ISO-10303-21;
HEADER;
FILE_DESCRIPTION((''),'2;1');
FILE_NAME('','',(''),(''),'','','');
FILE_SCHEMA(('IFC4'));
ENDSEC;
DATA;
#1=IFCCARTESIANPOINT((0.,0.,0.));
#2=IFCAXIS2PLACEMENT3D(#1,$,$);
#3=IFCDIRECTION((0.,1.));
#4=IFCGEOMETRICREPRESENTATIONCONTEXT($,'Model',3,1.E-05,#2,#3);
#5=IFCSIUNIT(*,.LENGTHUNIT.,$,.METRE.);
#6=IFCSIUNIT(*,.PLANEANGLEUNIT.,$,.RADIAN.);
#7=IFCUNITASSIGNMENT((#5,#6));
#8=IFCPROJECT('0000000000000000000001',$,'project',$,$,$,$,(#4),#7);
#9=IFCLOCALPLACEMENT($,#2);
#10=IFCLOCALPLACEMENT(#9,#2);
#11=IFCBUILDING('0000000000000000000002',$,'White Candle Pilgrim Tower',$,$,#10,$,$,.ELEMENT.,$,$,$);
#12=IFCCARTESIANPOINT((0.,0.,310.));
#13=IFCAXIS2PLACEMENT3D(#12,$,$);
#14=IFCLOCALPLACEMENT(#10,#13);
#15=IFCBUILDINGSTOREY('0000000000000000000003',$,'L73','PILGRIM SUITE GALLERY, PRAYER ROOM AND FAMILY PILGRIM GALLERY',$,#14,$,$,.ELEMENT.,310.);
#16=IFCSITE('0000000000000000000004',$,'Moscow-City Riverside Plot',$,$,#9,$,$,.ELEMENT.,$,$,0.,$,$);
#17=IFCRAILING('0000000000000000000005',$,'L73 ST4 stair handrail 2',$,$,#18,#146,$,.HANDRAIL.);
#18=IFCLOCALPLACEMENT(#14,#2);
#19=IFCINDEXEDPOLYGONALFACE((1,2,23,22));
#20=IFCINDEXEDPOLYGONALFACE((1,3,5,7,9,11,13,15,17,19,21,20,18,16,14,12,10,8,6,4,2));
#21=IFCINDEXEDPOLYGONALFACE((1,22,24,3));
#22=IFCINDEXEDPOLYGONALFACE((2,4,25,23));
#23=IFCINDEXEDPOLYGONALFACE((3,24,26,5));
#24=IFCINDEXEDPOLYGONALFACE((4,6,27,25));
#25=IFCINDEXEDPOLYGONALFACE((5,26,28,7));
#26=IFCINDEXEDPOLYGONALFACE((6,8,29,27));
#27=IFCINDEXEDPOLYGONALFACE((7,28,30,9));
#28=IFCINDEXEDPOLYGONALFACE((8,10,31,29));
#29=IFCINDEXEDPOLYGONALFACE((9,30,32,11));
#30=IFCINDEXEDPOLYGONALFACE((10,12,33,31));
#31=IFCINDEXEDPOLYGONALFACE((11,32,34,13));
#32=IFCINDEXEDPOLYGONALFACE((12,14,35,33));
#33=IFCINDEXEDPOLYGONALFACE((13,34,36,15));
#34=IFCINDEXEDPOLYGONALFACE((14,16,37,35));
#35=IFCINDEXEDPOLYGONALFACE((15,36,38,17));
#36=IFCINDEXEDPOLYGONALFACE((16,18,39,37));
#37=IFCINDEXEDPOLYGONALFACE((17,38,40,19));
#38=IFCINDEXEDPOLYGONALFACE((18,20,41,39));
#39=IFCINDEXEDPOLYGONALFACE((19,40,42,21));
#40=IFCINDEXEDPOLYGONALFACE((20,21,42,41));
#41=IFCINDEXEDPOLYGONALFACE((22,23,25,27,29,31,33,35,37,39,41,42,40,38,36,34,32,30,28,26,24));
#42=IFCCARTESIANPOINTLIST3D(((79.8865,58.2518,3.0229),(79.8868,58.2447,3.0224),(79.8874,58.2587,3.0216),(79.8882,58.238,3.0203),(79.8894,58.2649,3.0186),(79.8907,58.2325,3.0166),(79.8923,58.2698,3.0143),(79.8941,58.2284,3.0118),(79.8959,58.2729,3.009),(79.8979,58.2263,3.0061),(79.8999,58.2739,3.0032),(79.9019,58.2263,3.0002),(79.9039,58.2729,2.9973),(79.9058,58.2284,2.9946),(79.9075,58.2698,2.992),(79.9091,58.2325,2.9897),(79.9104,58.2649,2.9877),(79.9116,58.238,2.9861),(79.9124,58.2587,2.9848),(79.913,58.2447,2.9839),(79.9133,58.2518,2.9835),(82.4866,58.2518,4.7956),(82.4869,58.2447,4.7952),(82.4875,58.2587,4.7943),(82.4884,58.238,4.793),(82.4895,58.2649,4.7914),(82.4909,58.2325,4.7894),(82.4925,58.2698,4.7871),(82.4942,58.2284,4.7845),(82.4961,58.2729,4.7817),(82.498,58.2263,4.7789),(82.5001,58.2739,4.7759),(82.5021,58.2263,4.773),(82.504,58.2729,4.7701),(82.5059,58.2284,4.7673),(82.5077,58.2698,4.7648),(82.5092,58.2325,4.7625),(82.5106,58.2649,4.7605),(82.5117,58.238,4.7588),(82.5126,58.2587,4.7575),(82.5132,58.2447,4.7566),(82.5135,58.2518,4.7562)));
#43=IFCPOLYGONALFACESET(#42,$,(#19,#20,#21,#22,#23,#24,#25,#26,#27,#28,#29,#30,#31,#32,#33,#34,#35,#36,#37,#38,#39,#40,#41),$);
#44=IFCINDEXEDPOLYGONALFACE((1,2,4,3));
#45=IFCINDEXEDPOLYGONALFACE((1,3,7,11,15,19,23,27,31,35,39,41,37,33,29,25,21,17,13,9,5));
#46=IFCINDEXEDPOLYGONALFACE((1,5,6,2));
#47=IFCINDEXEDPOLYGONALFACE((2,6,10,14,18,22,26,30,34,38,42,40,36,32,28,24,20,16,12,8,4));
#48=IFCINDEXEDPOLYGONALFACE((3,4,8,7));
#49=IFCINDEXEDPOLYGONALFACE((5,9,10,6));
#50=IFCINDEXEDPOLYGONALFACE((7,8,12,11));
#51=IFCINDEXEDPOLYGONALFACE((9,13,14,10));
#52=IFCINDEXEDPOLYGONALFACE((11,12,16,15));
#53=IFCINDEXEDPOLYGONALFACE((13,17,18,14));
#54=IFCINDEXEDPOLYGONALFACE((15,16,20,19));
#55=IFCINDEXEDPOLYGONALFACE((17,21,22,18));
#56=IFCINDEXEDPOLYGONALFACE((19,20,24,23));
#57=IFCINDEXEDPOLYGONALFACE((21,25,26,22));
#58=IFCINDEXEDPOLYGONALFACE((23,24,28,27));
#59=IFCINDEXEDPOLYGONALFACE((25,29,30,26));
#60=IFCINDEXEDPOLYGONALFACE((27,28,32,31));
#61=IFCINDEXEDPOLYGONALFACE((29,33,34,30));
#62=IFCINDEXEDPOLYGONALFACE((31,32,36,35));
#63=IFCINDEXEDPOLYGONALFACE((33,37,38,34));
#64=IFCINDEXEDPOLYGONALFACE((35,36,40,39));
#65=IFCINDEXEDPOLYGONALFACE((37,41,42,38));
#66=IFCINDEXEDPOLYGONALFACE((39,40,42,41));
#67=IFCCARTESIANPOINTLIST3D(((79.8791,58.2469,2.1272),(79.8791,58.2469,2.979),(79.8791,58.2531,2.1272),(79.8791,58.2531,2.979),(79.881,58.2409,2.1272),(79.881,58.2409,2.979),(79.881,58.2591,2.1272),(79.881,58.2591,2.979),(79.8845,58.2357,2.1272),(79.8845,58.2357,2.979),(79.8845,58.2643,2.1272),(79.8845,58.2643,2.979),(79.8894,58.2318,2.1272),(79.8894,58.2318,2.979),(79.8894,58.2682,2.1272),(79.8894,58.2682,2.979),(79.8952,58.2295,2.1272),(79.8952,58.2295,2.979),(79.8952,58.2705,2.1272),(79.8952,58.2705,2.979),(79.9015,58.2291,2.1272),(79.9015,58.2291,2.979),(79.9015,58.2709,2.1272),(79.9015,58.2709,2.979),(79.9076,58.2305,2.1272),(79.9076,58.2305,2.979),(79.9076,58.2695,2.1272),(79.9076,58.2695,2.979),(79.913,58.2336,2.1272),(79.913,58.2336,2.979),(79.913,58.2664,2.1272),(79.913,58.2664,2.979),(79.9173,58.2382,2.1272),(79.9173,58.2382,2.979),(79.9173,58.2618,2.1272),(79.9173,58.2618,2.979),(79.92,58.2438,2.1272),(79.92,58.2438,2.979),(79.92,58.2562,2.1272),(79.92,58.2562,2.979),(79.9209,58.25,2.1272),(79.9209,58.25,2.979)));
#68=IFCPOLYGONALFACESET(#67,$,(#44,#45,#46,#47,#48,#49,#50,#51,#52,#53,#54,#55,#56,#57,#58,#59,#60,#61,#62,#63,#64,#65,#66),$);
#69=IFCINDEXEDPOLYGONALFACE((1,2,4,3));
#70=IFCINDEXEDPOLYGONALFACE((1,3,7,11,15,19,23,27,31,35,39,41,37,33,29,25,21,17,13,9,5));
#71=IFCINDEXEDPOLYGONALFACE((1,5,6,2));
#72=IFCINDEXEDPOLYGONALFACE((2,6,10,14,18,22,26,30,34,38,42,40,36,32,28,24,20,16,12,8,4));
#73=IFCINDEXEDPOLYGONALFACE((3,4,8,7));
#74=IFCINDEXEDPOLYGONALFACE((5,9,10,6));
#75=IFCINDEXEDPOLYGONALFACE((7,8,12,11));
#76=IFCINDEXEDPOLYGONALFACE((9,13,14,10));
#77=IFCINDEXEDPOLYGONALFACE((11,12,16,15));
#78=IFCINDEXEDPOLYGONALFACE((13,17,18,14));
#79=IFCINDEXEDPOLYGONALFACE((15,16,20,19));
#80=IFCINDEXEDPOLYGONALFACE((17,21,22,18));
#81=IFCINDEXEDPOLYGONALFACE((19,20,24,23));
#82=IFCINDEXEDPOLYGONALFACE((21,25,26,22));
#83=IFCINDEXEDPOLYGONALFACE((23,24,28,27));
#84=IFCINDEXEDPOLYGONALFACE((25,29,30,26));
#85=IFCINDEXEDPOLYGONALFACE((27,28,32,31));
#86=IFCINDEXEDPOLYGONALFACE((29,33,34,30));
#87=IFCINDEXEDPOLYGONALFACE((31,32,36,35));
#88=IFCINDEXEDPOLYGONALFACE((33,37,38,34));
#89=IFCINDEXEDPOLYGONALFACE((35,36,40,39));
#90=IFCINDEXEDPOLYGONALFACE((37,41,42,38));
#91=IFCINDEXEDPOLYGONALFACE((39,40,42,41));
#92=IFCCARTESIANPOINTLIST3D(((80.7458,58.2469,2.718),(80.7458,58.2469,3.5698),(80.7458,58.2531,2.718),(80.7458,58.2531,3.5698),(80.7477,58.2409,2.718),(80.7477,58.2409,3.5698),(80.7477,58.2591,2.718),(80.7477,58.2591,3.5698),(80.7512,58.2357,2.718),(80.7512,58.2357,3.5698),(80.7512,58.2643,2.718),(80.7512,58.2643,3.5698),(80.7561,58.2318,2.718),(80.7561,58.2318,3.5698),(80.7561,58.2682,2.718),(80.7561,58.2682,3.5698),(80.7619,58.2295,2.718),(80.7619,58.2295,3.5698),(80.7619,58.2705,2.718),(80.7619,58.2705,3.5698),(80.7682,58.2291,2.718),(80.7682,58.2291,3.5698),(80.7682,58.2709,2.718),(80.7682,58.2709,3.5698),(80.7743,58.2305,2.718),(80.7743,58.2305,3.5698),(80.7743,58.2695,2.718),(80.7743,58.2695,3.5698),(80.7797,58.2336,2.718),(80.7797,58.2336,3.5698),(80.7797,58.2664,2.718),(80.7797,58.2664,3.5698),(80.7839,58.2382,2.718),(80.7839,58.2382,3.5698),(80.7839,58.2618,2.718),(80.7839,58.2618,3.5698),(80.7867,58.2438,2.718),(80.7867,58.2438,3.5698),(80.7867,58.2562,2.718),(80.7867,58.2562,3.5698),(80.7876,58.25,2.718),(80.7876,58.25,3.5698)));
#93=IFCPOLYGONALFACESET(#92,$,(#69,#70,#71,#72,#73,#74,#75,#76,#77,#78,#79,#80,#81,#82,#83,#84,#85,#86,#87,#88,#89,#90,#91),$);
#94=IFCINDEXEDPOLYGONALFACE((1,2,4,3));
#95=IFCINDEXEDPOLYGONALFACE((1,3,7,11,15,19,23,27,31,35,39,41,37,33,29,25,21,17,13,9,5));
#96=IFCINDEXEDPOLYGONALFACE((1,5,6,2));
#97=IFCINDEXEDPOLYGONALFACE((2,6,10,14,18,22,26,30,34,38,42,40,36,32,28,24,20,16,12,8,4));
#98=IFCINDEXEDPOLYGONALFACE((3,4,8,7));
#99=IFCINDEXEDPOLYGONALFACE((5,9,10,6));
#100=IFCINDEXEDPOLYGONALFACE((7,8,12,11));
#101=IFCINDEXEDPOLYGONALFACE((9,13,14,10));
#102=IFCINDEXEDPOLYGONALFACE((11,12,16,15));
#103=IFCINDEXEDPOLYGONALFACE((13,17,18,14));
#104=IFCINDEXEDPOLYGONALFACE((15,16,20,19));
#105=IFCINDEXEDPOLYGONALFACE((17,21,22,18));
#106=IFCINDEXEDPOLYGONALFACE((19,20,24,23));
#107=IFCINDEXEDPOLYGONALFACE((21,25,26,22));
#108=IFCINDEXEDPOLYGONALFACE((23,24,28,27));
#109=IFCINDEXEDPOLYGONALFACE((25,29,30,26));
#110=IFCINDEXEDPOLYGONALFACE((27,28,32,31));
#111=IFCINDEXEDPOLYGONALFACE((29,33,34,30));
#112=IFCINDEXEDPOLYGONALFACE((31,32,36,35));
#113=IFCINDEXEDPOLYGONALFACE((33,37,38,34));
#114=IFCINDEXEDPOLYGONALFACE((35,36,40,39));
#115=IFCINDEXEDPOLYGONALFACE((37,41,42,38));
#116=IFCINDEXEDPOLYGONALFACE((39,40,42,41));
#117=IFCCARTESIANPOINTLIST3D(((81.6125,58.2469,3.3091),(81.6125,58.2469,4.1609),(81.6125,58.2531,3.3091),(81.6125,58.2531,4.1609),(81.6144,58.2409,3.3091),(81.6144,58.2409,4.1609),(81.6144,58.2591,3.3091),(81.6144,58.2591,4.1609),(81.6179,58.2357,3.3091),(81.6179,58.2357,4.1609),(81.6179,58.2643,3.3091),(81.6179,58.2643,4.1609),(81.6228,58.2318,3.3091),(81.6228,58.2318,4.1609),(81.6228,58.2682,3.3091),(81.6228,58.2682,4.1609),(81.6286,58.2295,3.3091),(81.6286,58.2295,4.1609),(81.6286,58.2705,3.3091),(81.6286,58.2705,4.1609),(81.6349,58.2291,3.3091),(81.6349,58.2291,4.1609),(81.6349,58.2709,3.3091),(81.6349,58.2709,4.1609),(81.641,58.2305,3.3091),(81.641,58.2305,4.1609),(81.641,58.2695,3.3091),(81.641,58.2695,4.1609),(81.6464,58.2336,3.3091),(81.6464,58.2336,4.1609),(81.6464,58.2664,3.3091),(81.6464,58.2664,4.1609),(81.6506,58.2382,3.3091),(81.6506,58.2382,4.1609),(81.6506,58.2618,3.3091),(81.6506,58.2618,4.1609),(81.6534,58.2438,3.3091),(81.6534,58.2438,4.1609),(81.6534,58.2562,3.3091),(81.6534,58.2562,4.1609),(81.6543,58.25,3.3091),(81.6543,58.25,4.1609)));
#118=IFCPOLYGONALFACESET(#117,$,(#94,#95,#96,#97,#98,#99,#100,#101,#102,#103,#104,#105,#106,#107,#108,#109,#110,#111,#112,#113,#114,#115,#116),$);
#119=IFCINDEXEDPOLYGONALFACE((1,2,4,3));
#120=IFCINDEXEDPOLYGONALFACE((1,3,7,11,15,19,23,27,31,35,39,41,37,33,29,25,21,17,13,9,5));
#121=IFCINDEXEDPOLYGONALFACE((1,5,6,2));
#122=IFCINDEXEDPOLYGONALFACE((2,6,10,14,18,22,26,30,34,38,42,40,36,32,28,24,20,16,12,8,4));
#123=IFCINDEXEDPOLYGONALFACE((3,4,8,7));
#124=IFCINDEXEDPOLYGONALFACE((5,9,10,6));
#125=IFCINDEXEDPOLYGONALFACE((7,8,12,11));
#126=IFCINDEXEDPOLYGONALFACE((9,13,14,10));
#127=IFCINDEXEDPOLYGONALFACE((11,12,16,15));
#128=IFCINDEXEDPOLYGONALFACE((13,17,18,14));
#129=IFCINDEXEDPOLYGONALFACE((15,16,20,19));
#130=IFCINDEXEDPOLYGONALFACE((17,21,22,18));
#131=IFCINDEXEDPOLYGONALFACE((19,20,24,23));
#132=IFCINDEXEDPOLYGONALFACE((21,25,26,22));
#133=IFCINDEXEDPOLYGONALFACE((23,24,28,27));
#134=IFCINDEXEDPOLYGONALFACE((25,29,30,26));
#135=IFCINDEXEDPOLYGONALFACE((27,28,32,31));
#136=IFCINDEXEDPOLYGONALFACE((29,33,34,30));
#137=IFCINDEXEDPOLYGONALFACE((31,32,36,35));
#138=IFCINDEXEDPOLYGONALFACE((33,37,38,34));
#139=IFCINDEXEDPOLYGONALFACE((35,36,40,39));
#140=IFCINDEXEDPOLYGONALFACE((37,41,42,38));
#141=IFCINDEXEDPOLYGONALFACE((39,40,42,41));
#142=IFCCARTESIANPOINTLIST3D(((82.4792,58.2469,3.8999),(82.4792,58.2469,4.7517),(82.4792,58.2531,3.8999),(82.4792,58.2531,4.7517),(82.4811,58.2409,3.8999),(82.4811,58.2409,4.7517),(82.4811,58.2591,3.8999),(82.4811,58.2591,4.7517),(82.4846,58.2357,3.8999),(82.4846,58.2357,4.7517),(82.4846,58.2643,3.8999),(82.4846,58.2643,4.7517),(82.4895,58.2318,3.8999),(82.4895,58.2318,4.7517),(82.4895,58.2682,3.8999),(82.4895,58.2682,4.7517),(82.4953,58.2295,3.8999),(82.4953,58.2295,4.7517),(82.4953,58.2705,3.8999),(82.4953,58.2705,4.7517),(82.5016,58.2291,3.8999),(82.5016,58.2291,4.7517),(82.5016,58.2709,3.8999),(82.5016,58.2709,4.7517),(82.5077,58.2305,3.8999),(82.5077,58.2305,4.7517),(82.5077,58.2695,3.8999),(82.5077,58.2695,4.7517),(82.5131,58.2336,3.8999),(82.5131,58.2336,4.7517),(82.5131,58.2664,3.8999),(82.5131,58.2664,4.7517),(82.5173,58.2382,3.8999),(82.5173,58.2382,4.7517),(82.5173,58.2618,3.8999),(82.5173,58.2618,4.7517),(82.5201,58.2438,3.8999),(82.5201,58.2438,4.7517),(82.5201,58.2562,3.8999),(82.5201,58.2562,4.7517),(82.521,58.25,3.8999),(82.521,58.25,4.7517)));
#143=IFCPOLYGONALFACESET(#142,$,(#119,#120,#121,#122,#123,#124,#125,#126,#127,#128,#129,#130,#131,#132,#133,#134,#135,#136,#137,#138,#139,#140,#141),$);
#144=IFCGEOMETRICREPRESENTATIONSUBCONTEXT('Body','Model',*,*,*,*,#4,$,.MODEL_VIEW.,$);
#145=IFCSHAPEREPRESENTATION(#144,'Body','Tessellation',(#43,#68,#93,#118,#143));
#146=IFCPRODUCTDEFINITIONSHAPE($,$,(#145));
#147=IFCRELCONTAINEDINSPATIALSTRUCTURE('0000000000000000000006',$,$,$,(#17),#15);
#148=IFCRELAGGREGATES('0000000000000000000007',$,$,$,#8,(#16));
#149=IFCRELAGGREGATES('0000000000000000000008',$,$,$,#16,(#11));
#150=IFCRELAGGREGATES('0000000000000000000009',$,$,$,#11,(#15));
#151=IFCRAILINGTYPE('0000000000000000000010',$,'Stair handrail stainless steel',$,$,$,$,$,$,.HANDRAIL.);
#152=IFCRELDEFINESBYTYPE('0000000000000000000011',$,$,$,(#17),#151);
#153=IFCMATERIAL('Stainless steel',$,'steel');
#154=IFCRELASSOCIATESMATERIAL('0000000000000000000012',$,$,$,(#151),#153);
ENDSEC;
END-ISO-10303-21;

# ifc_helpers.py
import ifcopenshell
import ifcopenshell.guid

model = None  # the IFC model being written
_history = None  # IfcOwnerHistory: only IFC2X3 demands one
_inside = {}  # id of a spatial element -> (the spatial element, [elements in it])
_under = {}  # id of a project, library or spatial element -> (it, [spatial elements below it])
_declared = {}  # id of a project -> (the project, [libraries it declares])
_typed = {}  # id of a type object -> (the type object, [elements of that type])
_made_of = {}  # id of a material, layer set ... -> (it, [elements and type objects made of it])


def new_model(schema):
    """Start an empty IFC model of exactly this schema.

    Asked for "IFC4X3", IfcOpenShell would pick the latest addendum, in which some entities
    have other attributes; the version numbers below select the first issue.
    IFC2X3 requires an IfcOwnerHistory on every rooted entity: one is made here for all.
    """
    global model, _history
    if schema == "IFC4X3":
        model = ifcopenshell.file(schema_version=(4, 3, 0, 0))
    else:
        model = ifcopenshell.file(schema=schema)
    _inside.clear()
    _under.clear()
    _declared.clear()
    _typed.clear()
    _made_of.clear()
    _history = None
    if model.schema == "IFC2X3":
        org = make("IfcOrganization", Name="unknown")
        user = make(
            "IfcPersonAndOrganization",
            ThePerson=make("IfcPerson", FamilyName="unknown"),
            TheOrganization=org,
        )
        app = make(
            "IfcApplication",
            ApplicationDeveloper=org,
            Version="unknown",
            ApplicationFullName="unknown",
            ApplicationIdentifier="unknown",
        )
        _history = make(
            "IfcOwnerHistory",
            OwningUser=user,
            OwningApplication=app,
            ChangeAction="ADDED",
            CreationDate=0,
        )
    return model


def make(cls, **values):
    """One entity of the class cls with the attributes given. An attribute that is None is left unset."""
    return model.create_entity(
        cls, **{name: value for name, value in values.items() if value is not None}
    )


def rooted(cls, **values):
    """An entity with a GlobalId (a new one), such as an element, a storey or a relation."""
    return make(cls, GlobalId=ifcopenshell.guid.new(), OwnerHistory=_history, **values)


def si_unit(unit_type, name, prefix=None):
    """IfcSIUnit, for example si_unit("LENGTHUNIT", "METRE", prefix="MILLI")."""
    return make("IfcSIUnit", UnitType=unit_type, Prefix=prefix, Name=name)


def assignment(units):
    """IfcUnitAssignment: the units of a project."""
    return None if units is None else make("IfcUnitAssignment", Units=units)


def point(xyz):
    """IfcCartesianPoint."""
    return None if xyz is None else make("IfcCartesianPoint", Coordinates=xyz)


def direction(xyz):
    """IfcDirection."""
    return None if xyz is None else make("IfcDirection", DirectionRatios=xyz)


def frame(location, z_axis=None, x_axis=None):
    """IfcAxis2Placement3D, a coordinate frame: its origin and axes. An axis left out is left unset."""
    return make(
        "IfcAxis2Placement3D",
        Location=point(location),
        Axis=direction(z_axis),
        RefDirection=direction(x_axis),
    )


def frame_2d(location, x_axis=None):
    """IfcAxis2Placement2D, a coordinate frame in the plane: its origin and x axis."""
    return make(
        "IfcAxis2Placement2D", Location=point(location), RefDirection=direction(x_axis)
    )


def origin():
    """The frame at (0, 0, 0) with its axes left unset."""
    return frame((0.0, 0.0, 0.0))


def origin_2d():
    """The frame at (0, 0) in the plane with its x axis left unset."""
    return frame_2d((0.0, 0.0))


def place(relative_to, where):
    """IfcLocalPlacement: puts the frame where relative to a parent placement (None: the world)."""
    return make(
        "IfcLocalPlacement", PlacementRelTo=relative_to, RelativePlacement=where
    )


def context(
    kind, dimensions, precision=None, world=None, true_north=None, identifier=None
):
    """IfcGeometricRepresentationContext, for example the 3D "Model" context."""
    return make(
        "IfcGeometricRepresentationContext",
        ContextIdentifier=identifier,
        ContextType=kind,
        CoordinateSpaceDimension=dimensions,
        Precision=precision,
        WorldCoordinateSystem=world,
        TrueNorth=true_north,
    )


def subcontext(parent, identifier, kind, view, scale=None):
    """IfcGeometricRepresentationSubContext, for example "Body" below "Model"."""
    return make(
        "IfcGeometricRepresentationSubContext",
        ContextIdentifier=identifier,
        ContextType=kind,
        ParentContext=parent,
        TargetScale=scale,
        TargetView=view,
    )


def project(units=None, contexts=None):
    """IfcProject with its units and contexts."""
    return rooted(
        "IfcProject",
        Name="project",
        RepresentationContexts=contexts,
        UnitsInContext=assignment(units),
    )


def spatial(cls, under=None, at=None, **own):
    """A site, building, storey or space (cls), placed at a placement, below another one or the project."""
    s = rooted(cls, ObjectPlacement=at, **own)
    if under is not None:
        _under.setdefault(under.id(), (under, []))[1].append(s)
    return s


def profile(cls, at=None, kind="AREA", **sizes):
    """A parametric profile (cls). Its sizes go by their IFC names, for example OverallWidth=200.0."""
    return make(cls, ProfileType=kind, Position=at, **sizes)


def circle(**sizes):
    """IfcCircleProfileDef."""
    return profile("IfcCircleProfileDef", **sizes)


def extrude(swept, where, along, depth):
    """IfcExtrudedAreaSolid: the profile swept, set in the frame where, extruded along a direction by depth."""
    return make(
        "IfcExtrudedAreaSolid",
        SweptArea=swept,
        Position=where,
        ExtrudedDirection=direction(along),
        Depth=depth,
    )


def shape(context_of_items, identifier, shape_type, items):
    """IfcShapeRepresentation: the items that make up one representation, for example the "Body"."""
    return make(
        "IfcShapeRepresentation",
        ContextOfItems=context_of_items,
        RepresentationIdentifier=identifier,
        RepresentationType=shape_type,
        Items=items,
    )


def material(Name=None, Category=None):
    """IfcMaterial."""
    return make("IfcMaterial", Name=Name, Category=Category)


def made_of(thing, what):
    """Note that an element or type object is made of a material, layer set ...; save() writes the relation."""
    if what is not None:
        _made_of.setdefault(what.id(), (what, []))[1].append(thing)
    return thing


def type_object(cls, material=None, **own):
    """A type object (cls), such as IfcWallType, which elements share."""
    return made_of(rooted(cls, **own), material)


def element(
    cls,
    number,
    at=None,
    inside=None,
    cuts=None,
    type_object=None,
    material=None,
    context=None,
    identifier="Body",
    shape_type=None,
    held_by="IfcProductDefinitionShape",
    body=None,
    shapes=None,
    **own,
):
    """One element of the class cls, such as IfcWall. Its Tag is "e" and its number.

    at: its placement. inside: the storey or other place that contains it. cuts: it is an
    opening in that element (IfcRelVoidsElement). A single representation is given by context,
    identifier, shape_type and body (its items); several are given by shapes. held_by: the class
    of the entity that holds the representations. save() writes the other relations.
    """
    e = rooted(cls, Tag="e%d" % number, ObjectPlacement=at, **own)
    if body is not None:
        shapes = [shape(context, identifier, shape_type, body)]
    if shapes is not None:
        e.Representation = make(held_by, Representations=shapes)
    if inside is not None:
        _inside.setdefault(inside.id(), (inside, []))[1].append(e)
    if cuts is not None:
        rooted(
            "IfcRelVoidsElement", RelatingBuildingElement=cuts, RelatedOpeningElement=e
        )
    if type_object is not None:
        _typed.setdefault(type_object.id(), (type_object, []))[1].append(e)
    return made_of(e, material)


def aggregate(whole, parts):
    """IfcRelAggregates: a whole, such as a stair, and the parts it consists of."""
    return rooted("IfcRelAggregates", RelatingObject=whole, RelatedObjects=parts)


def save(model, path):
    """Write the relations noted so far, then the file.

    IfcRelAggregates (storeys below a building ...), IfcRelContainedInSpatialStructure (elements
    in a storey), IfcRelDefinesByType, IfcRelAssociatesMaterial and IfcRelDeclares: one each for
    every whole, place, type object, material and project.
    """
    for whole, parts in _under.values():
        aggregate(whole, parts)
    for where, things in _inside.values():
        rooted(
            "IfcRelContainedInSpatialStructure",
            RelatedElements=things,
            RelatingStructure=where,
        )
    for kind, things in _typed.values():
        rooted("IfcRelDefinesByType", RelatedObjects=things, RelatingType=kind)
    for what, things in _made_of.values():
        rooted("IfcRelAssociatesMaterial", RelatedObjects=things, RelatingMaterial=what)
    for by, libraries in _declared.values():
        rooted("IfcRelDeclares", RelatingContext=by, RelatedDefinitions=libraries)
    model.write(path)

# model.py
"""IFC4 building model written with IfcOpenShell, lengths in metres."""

from ifc_helpers import new_model, si_unit, direction, frame, origin, origin_2d, place, context, subcontext, project, spatial, circle, extrude, material, type_object, element, save


model = new_model("IFC4")

# Units and contexts
model_context = context("Model", 3, precision=1e-05, world=origin(), true_north=direction((0.0, 1.0)))
body_context = subcontext(model_context, "Body", "Model", "MODEL_VIEW")
ifc_project = project(units=[si_unit("LENGTHUNIT", "METRE"), si_unit("PLANEANGLEUNIT", "RADIAN")], contexts=[model_context])

# Site, building, storey
site_placement = place(None, origin())
site = spatial("IfcSite", under=ifc_project, at=site_placement, Name="Moscow-City Riverside Plot", CompositionType="ELEMENT", RefElevation=0.0)
building_placement = place(site_placement, origin())
building = spatial("IfcBuilding", under=site, at=building_placement, Name="White Candle Pilgrim Tower", CompositionType="ELEMENT")
storey_placement = place(building_placement, frame((0.0, 0.0, 310.0)))
storey = spatial("IfcBuildingStorey", under=building, at=storey_placement, Name="L73", Description="PILGRIM SUITE GALLERY, PRAYER ROOM AND FAMILY PILGRIM GALLERY", CompositionType="ELEMENT", Elevation=310.0)

# Railing
ifc_material_1 = material(Name="Stainless steel", Category="steel")
railing_type_1 = type_object("IfcRailingType", Name="Stair handrail stainless steel", PredefinedType="HANDRAIL", material=ifc_material_1)
railing_1_placement = place(storey_placement, frame((79.8999, 58.25, 2.1272)))
element("IfcRailing", 1, at=railing_1_placement, inside=storey, type_object=railing_type_1, Name="L73 ST4 stair handrail 2", PredefinedType="HANDRAIL", context=body_context, shape_type="SweptSolid", body=[
    extrude(circle(Radius=0.0239, at=origin_2d()), frame((0.0, 0.0, 0.876), z_axis=(0.82624, 0.0, 0.563318), x_axis=(0.0, 1.0, 0.0)), (0.0, 0.0, 1.0), 3.147),
    extrude(circle(Radius=0.021, at=origin_2d()), origin(), (0.0, 0.0, 1.0), 0.8518),
    extrude(circle(Radius=0.021, at=origin_2d()), frame((0.8667, 0.0, 0.5908)), (0.0, 0.0, 1.0), 0.8518),
    extrude(circle(Radius=0.021, at=origin_2d()), frame((1.7334, 0.0, 1.1819)), (0.0, 0.0, 1.0), 0.8518),
    extrude(circle(Radius=0.021, at=origin_2d()), frame((2.6001, 0.0, 1.7727)), (0.0, 0.0, 1.0), 0.8518),
])

save(model, "model.ifc")
